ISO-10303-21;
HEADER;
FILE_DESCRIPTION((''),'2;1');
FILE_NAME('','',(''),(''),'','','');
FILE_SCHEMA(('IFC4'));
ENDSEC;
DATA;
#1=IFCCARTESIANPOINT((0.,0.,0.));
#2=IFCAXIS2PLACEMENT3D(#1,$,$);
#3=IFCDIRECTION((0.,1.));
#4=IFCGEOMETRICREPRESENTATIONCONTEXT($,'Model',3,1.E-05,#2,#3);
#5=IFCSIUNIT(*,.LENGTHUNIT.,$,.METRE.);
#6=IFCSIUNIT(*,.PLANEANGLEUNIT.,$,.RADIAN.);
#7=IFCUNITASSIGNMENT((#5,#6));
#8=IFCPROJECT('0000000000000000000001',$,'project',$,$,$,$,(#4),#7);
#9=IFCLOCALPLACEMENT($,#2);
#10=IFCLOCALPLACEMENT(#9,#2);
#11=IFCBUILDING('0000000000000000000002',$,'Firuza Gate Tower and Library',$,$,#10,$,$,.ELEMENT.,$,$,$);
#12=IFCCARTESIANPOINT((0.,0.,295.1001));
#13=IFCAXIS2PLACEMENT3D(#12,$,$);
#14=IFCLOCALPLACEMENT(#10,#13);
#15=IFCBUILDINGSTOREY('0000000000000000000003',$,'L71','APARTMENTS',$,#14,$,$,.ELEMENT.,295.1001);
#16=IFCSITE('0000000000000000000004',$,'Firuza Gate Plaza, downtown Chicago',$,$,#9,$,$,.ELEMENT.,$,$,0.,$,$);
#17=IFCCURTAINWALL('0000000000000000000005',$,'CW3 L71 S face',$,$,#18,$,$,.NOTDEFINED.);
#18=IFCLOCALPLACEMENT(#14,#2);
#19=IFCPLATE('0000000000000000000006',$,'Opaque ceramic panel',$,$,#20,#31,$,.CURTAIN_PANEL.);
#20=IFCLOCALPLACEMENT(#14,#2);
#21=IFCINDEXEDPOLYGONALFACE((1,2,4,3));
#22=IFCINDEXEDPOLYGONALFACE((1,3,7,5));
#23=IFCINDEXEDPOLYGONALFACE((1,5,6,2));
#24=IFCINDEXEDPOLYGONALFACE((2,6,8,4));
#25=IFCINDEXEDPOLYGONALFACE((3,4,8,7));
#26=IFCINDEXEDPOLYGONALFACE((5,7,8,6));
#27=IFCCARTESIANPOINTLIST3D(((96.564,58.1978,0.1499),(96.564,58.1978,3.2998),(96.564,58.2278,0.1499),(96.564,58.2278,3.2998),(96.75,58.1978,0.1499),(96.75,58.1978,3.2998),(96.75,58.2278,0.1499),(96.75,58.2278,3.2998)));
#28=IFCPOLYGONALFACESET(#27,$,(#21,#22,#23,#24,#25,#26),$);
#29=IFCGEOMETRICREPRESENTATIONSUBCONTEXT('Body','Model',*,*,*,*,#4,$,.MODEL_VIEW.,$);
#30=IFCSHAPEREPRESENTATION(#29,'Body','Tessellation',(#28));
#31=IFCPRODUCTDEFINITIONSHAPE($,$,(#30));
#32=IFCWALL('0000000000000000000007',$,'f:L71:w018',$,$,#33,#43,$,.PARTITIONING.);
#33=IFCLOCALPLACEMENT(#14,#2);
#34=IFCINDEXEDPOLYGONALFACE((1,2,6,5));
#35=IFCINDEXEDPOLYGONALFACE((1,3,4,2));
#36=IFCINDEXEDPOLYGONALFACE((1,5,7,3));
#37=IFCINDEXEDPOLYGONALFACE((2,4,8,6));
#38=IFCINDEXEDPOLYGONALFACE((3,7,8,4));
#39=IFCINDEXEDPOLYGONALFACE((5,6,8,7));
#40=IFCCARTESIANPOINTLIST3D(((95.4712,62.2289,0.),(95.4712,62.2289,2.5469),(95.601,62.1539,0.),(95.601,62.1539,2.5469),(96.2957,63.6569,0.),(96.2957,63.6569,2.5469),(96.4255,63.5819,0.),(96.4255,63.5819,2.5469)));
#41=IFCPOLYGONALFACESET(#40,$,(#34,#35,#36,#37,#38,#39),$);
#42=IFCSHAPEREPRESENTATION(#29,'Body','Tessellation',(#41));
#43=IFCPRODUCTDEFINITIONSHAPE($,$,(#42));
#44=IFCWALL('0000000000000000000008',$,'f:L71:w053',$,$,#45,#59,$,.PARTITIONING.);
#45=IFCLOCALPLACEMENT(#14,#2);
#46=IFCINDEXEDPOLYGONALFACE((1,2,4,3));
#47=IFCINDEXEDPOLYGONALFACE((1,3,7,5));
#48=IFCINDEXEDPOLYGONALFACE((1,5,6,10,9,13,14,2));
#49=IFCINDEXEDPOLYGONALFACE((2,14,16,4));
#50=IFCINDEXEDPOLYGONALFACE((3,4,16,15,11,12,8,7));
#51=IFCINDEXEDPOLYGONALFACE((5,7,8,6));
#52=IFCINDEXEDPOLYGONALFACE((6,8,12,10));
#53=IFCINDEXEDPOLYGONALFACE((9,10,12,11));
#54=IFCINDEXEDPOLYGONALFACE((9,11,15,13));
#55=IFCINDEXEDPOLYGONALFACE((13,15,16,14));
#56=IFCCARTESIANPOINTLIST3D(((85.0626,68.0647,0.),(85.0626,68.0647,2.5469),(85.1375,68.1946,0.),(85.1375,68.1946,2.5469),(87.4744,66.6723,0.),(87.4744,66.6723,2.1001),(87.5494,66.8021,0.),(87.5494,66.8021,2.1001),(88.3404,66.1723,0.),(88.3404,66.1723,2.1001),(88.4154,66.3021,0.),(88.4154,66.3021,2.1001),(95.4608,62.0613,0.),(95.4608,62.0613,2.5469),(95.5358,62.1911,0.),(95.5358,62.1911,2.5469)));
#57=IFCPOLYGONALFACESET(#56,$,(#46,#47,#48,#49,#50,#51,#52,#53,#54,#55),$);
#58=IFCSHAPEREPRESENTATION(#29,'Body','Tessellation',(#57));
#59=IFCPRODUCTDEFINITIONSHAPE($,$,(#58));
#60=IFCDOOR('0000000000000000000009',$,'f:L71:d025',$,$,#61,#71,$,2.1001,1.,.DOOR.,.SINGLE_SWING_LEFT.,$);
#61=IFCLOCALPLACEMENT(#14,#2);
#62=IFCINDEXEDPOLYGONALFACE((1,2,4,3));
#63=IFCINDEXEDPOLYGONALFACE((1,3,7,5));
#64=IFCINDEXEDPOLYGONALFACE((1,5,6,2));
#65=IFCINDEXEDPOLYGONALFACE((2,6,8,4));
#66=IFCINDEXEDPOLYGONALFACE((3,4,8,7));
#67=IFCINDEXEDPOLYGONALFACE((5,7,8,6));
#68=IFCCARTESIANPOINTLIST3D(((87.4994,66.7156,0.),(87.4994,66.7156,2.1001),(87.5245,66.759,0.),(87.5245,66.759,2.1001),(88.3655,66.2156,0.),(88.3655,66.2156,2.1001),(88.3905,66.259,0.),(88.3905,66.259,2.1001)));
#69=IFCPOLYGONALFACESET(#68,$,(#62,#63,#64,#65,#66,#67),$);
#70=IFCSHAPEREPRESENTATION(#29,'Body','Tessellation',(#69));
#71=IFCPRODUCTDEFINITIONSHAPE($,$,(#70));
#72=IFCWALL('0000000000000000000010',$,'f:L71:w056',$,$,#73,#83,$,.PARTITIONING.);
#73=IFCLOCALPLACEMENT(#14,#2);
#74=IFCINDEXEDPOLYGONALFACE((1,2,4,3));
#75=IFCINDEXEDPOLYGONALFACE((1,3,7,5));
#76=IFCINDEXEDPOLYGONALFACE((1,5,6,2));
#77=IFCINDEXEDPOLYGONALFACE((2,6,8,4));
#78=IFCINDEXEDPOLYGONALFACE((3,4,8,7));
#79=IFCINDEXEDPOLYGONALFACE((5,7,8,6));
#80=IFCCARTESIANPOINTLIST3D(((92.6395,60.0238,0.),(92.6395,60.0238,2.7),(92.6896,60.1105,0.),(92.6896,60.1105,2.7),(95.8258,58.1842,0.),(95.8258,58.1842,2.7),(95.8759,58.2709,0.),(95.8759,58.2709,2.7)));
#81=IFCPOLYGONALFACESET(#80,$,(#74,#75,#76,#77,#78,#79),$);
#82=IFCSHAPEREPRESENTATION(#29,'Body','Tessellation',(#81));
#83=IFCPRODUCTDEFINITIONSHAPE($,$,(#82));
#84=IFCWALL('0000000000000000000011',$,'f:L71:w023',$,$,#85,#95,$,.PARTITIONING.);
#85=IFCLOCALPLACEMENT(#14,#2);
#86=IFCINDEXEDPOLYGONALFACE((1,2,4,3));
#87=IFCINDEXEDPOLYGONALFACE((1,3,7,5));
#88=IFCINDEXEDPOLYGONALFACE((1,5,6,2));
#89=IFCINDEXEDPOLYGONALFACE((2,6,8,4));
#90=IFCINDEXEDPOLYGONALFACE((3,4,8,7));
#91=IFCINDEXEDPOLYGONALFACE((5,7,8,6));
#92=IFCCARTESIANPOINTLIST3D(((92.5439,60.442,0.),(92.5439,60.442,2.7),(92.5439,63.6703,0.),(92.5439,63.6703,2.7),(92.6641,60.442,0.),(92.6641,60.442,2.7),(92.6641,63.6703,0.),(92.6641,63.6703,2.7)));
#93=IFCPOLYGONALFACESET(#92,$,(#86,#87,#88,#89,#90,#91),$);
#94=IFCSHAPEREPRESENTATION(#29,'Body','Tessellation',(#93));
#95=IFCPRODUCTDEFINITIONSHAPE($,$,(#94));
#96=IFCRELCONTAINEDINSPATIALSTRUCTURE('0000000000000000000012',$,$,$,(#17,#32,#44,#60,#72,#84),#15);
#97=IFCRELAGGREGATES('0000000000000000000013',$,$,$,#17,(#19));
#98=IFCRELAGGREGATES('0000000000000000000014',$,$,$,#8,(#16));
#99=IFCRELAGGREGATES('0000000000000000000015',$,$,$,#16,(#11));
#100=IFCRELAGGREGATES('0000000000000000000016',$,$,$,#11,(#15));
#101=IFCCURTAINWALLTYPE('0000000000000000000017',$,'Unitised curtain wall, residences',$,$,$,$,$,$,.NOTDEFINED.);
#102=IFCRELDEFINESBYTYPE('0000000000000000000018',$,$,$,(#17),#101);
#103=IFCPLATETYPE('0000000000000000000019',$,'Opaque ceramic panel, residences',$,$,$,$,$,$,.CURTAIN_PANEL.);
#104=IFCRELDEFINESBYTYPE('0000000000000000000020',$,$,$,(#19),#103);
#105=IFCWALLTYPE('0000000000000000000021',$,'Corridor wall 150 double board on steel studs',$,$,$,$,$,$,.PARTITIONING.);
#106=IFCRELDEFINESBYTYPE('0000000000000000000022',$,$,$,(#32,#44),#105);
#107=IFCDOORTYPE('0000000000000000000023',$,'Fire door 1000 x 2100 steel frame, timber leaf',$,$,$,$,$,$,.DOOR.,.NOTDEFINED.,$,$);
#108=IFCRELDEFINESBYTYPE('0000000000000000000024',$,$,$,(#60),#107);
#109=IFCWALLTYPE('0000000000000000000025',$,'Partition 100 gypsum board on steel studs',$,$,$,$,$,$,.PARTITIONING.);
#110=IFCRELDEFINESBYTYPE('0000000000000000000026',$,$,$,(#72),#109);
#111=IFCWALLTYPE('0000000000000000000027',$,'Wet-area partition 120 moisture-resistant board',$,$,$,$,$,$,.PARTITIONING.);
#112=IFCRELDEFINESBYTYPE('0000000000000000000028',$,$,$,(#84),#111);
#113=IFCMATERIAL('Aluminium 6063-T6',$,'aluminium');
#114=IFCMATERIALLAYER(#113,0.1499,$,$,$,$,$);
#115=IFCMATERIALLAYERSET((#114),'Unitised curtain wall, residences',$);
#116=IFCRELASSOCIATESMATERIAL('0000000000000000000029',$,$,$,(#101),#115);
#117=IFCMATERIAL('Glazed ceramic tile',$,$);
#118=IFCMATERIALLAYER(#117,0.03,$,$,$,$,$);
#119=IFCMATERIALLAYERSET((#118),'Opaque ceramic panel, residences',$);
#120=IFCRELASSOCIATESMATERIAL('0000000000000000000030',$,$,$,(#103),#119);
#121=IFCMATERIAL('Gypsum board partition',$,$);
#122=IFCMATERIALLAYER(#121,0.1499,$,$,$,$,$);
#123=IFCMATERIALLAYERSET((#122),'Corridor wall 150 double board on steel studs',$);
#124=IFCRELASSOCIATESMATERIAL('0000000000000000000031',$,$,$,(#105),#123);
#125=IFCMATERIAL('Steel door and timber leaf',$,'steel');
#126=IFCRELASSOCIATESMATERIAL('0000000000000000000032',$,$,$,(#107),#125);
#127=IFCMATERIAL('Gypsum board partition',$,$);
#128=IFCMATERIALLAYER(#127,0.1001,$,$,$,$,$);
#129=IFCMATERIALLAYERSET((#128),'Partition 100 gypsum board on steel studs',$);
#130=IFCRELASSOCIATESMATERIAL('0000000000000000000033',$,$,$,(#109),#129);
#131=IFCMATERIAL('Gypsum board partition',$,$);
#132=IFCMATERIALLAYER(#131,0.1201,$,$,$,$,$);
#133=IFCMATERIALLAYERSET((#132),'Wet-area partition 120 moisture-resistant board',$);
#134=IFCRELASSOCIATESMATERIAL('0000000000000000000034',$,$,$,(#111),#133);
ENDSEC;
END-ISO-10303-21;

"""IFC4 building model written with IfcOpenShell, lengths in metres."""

from ifc_helpers import new_model, si_unit, direction, frame, frame_2d, origin, place, context, subcontext, project, spatial, polyline, rectangle, outline, extrude, material, layer, layer_set, type_object, element, fill, aggregate, save


model = new_model("IFC4")

# Units and contexts
model_context = context("Model", 3, precision=1e-05, world=origin(), true_north=direction((0.0, 1.0)))
body_context = subcontext(model_context, "Body", "Model", "MODEL_VIEW")
ifc_project = project(units=[si_unit("LENGTHUNIT", "METRE"), si_unit("PLANEANGLEUNIT", "RADIAN")], contexts=[model_context])

# Site, building, storey
site_placement = place(None, origin())
site = spatial("IfcSite", under=ifc_project, at=site_placement, Name="Firuza Gate Plaza, downtown Chicago", CompositionType="ELEMENT", RefElevation=0.0)
building_placement = place(site_placement, origin())
building = spatial("IfcBuilding", under=site, at=building_placement, Name="Firuza Gate Tower and Library", CompositionType="ELEMENT")
storey_placement = place(building_placement, frame((0.0, 0.0, 295.1001)))
storey = spatial("IfcBuildingStorey", under=building, at=storey_placement, Name="L71", Description="APARTMENTS", CompositionType="ELEMENT", Elevation=295.1001)

# Curtain wall
ifc_material_1 = material(Name="Aluminium 6063-T6", Category="aluminium")
ifc_layer_1 = layer(ifc_material_1, 0.1499)
ifc_layer_set_1 = layer_set([ifc_layer_1], Name="Unitised curtain wall, residences")
curtain_wall_type_1 = type_object("IfcCurtainWallType", Name="Unitised curtain wall, residences", PredefinedType="NOTDEFINED", material=ifc_layer_set_1)
placement = place(storey_placement, origin())
curtain_wall_1 = element("IfcCurtainWall", 1, at=placement, inside=storey, type_object=curtain_wall_type_1, Name="CW3 L71 S face", PredefinedType="NOTDEFINED")

# Plate
ifc_material_2 = material(Name="Glazed ceramic tile")
ifc_layer_2 = layer(ifc_material_2, 0.03)
ifc_layer_set_2 = layer_set([ifc_layer_2], Name="Opaque ceramic panel, residences")
plate_type_1 = type_object("IfcPlateType", Name="Opaque ceramic panel, residences", PredefinedType="CURTAIN_PANEL", material=ifc_layer_set_2)
plate_1_placement = place(storey_placement, frame((96.564, 58.1978, 0.1499), z_axis=(0.0, -1.0, 0.0), x_axis=(1.0, 0.0, 0.0)))
plate_1 = element("IfcPlate", 2, at=plate_1_placement, type_object=plate_type_1, Name="Opaque ceramic panel", PredefinedType="CURTAIN_PANEL", context=body_context, shape_type="SweptSolid", body=[
    extrude(outline(polyline([(0.0, 0.0), (0.186, 0.0), (0.186, 3.1499), (0.0, 3.1499), (0.0, 0.0)])), origin(), (0.0, 0.0, -1.0), 0.03),
])
aggregate(curtain_wall_1, [plate_1])

# Wall
ifc_material_3 = material(Name="Gypsum board partition")
ifc_layer_3 = layer(ifc_material_3, 0.1499)
ifc_layer_set_3 = layer_set([ifc_layer_3], Name="Corridor wall 150 double board on steel studs")
wall_type_1 = type_object("IfcWallType", Name="Corridor wall 150 double board on steel studs", PredefinedType="PARTITIONING", material=ifc_layer_set_3)
wall_1_placement = place(storey_placement, frame((95.5361, 62.1914, 0.0), z_axis=(0.0, 0.0, 1.0), x_axis=(0.500009, 0.86602, 0.0)))
element("IfcWall", 3, at=wall_1_placement, inside=storey, type_object=wall_type_1, Name="f:L71:w018", PredefinedType="PARTITIONING", context=body_context, shape_type="SweptSolid", body=[
    extrude(rectangle(XDim=1.6489, YDim=0.1499, at=frame_2d((0.8245, 0.0))), origin(), (0.0, 0.0, 1.0), 2.5469),
])

# Wall, opening, door
wall_2_placement = place(storey_placement, frame((95.4983, 62.1262, 0.0), z_axis=(0.0, 0.0, 1.0), x_axis=(-0.866025, 0.500001, 0.0)))
wall_2 = element("IfcWall", 4, at=wall_2_placement, inside=storey, type_object=wall_type_1, Name="f:L71:w053", PredefinedType="PARTITIONING", context=body_context, shape_type="SweptSolid", body=[
    extrude(rectangle(XDim=12.0068, YDim=0.1499, at=frame_2d((6.0034, 0.0))), origin(), (0.0, 0.0, 1.0), 2.5469),
])
opening_placement = place(wall_2_placement, frame((8.2219, 0.0, 0.0)))
opening = element("IfcOpeningElement", 5, at=opening_placement, cuts=wall_2, PredefinedType="OPENING", context=body_context, shape_type="SweptSolid", body=[
    extrude(rectangle(XDim=1.0, YDim=2.1001, at=frame_2d((0.5, 1.05))), frame((0.0, 0.085, 0.0), z_axis=(0.0, -1.0, 0.0), x_axis=(1.0, 0.0, 0.0)), (0.0, 0.0, 1.0), 0.1699),
])
ifc_material_4 = material(Name="Steel door and timber leaf", Category="steel")
door_type = type_object("IfcDoorType", Name="Fire door 1000 x 2100 steel frame, timber leaf", OperationType="NOTDEFINED", PredefinedType="DOOR", material=ifc_material_4)
door_placement = place(opening_placement, origin())
door = element("IfcDoor", 6, at=door_placement, inside=storey, type_object=door_type, Name="f:L71:d025", OperationType="SINGLE_SWING_LEFT", OverallHeight=2.1001, OverallWidth=1.0, PredefinedType="DOOR", context=body_context, shape_type="SweptSolid", body=[
    extrude(rectangle(XDim=1.0, YDim=2.1001, at=frame_2d((0.5, 1.05))), frame((0.0, 0.0249, 0.0), z_axis=(0.0, -1.0, 0.0), x_axis=(1.0, 0.0, 0.0)), (0.0, 0.0, 1.0), 0.05),
])
fill(opening, door)

# Walls
ifc_material_5 = material(Name="Gypsum board partition")
ifc_layer_4 = layer(ifc_material_5, 0.1001)
ifc_layer_set_4 = layer_set([ifc_layer_4], Name="Partition 100 gypsum board on steel studs")
wall_type_2 = type_object("IfcWallType", Name="Partition 100 gypsum board on steel studs", PredefinedType="PARTITIONING", material=ifc_layer_set_4)
wall_3_placement = place(storey_placement, frame((95.8508, 58.2275, 0.0), z_axis=(0.0, 0.0, 1.0), x_axis=(-0.866025, 0.5, 0.0)))
element("IfcWall", 7, at=wall_3_placement, inside=storey, type_object=wall_type_2, Name="f:L71:w056", PredefinedType="PARTITIONING", context=body_context, shape_type="SweptSolid", body=[
    extrude(rectangle(XDim=3.6792, YDim=0.1001, at=frame_2d((1.8396, 0.0))), origin(), (0.0, 0.0, 1.0), 2.7),
])
ifc_material_6 = material(Name="Gypsum board partition")
ifc_layer_5 = layer(ifc_material_6, 0.1201)
ifc_layer_set_5 = layer_set([ifc_layer_5], Name="Wet-area partition 120 moisture-resistant board")
wall_type_3 = type_object("IfcWallType", Name="Wet-area partition 120 moisture-resistant board", PredefinedType="PARTITIONING", material=ifc_layer_set_5)
wall_4_placement = place(storey_placement, frame((92.604, 60.4419, 0.0), z_axis=(0.0, 0.0, 1.0), x_axis=(0.0, 1.0, 0.0)))
element("IfcWall", 8, at=wall_4_placement, inside=storey, type_object=wall_type_3, Name="f:L71:w023", PredefinedType="PARTITIONING", context=body_context, shape_type="SweptSolid", body=[
    extrude(rectangle(XDim=3.2283, YDim=0.1201, at=frame_2d((1.6143, 0.0))), origin(), (0.0, 0.0, 1.0), 2.7),
])

save(model, "model.ifc")
